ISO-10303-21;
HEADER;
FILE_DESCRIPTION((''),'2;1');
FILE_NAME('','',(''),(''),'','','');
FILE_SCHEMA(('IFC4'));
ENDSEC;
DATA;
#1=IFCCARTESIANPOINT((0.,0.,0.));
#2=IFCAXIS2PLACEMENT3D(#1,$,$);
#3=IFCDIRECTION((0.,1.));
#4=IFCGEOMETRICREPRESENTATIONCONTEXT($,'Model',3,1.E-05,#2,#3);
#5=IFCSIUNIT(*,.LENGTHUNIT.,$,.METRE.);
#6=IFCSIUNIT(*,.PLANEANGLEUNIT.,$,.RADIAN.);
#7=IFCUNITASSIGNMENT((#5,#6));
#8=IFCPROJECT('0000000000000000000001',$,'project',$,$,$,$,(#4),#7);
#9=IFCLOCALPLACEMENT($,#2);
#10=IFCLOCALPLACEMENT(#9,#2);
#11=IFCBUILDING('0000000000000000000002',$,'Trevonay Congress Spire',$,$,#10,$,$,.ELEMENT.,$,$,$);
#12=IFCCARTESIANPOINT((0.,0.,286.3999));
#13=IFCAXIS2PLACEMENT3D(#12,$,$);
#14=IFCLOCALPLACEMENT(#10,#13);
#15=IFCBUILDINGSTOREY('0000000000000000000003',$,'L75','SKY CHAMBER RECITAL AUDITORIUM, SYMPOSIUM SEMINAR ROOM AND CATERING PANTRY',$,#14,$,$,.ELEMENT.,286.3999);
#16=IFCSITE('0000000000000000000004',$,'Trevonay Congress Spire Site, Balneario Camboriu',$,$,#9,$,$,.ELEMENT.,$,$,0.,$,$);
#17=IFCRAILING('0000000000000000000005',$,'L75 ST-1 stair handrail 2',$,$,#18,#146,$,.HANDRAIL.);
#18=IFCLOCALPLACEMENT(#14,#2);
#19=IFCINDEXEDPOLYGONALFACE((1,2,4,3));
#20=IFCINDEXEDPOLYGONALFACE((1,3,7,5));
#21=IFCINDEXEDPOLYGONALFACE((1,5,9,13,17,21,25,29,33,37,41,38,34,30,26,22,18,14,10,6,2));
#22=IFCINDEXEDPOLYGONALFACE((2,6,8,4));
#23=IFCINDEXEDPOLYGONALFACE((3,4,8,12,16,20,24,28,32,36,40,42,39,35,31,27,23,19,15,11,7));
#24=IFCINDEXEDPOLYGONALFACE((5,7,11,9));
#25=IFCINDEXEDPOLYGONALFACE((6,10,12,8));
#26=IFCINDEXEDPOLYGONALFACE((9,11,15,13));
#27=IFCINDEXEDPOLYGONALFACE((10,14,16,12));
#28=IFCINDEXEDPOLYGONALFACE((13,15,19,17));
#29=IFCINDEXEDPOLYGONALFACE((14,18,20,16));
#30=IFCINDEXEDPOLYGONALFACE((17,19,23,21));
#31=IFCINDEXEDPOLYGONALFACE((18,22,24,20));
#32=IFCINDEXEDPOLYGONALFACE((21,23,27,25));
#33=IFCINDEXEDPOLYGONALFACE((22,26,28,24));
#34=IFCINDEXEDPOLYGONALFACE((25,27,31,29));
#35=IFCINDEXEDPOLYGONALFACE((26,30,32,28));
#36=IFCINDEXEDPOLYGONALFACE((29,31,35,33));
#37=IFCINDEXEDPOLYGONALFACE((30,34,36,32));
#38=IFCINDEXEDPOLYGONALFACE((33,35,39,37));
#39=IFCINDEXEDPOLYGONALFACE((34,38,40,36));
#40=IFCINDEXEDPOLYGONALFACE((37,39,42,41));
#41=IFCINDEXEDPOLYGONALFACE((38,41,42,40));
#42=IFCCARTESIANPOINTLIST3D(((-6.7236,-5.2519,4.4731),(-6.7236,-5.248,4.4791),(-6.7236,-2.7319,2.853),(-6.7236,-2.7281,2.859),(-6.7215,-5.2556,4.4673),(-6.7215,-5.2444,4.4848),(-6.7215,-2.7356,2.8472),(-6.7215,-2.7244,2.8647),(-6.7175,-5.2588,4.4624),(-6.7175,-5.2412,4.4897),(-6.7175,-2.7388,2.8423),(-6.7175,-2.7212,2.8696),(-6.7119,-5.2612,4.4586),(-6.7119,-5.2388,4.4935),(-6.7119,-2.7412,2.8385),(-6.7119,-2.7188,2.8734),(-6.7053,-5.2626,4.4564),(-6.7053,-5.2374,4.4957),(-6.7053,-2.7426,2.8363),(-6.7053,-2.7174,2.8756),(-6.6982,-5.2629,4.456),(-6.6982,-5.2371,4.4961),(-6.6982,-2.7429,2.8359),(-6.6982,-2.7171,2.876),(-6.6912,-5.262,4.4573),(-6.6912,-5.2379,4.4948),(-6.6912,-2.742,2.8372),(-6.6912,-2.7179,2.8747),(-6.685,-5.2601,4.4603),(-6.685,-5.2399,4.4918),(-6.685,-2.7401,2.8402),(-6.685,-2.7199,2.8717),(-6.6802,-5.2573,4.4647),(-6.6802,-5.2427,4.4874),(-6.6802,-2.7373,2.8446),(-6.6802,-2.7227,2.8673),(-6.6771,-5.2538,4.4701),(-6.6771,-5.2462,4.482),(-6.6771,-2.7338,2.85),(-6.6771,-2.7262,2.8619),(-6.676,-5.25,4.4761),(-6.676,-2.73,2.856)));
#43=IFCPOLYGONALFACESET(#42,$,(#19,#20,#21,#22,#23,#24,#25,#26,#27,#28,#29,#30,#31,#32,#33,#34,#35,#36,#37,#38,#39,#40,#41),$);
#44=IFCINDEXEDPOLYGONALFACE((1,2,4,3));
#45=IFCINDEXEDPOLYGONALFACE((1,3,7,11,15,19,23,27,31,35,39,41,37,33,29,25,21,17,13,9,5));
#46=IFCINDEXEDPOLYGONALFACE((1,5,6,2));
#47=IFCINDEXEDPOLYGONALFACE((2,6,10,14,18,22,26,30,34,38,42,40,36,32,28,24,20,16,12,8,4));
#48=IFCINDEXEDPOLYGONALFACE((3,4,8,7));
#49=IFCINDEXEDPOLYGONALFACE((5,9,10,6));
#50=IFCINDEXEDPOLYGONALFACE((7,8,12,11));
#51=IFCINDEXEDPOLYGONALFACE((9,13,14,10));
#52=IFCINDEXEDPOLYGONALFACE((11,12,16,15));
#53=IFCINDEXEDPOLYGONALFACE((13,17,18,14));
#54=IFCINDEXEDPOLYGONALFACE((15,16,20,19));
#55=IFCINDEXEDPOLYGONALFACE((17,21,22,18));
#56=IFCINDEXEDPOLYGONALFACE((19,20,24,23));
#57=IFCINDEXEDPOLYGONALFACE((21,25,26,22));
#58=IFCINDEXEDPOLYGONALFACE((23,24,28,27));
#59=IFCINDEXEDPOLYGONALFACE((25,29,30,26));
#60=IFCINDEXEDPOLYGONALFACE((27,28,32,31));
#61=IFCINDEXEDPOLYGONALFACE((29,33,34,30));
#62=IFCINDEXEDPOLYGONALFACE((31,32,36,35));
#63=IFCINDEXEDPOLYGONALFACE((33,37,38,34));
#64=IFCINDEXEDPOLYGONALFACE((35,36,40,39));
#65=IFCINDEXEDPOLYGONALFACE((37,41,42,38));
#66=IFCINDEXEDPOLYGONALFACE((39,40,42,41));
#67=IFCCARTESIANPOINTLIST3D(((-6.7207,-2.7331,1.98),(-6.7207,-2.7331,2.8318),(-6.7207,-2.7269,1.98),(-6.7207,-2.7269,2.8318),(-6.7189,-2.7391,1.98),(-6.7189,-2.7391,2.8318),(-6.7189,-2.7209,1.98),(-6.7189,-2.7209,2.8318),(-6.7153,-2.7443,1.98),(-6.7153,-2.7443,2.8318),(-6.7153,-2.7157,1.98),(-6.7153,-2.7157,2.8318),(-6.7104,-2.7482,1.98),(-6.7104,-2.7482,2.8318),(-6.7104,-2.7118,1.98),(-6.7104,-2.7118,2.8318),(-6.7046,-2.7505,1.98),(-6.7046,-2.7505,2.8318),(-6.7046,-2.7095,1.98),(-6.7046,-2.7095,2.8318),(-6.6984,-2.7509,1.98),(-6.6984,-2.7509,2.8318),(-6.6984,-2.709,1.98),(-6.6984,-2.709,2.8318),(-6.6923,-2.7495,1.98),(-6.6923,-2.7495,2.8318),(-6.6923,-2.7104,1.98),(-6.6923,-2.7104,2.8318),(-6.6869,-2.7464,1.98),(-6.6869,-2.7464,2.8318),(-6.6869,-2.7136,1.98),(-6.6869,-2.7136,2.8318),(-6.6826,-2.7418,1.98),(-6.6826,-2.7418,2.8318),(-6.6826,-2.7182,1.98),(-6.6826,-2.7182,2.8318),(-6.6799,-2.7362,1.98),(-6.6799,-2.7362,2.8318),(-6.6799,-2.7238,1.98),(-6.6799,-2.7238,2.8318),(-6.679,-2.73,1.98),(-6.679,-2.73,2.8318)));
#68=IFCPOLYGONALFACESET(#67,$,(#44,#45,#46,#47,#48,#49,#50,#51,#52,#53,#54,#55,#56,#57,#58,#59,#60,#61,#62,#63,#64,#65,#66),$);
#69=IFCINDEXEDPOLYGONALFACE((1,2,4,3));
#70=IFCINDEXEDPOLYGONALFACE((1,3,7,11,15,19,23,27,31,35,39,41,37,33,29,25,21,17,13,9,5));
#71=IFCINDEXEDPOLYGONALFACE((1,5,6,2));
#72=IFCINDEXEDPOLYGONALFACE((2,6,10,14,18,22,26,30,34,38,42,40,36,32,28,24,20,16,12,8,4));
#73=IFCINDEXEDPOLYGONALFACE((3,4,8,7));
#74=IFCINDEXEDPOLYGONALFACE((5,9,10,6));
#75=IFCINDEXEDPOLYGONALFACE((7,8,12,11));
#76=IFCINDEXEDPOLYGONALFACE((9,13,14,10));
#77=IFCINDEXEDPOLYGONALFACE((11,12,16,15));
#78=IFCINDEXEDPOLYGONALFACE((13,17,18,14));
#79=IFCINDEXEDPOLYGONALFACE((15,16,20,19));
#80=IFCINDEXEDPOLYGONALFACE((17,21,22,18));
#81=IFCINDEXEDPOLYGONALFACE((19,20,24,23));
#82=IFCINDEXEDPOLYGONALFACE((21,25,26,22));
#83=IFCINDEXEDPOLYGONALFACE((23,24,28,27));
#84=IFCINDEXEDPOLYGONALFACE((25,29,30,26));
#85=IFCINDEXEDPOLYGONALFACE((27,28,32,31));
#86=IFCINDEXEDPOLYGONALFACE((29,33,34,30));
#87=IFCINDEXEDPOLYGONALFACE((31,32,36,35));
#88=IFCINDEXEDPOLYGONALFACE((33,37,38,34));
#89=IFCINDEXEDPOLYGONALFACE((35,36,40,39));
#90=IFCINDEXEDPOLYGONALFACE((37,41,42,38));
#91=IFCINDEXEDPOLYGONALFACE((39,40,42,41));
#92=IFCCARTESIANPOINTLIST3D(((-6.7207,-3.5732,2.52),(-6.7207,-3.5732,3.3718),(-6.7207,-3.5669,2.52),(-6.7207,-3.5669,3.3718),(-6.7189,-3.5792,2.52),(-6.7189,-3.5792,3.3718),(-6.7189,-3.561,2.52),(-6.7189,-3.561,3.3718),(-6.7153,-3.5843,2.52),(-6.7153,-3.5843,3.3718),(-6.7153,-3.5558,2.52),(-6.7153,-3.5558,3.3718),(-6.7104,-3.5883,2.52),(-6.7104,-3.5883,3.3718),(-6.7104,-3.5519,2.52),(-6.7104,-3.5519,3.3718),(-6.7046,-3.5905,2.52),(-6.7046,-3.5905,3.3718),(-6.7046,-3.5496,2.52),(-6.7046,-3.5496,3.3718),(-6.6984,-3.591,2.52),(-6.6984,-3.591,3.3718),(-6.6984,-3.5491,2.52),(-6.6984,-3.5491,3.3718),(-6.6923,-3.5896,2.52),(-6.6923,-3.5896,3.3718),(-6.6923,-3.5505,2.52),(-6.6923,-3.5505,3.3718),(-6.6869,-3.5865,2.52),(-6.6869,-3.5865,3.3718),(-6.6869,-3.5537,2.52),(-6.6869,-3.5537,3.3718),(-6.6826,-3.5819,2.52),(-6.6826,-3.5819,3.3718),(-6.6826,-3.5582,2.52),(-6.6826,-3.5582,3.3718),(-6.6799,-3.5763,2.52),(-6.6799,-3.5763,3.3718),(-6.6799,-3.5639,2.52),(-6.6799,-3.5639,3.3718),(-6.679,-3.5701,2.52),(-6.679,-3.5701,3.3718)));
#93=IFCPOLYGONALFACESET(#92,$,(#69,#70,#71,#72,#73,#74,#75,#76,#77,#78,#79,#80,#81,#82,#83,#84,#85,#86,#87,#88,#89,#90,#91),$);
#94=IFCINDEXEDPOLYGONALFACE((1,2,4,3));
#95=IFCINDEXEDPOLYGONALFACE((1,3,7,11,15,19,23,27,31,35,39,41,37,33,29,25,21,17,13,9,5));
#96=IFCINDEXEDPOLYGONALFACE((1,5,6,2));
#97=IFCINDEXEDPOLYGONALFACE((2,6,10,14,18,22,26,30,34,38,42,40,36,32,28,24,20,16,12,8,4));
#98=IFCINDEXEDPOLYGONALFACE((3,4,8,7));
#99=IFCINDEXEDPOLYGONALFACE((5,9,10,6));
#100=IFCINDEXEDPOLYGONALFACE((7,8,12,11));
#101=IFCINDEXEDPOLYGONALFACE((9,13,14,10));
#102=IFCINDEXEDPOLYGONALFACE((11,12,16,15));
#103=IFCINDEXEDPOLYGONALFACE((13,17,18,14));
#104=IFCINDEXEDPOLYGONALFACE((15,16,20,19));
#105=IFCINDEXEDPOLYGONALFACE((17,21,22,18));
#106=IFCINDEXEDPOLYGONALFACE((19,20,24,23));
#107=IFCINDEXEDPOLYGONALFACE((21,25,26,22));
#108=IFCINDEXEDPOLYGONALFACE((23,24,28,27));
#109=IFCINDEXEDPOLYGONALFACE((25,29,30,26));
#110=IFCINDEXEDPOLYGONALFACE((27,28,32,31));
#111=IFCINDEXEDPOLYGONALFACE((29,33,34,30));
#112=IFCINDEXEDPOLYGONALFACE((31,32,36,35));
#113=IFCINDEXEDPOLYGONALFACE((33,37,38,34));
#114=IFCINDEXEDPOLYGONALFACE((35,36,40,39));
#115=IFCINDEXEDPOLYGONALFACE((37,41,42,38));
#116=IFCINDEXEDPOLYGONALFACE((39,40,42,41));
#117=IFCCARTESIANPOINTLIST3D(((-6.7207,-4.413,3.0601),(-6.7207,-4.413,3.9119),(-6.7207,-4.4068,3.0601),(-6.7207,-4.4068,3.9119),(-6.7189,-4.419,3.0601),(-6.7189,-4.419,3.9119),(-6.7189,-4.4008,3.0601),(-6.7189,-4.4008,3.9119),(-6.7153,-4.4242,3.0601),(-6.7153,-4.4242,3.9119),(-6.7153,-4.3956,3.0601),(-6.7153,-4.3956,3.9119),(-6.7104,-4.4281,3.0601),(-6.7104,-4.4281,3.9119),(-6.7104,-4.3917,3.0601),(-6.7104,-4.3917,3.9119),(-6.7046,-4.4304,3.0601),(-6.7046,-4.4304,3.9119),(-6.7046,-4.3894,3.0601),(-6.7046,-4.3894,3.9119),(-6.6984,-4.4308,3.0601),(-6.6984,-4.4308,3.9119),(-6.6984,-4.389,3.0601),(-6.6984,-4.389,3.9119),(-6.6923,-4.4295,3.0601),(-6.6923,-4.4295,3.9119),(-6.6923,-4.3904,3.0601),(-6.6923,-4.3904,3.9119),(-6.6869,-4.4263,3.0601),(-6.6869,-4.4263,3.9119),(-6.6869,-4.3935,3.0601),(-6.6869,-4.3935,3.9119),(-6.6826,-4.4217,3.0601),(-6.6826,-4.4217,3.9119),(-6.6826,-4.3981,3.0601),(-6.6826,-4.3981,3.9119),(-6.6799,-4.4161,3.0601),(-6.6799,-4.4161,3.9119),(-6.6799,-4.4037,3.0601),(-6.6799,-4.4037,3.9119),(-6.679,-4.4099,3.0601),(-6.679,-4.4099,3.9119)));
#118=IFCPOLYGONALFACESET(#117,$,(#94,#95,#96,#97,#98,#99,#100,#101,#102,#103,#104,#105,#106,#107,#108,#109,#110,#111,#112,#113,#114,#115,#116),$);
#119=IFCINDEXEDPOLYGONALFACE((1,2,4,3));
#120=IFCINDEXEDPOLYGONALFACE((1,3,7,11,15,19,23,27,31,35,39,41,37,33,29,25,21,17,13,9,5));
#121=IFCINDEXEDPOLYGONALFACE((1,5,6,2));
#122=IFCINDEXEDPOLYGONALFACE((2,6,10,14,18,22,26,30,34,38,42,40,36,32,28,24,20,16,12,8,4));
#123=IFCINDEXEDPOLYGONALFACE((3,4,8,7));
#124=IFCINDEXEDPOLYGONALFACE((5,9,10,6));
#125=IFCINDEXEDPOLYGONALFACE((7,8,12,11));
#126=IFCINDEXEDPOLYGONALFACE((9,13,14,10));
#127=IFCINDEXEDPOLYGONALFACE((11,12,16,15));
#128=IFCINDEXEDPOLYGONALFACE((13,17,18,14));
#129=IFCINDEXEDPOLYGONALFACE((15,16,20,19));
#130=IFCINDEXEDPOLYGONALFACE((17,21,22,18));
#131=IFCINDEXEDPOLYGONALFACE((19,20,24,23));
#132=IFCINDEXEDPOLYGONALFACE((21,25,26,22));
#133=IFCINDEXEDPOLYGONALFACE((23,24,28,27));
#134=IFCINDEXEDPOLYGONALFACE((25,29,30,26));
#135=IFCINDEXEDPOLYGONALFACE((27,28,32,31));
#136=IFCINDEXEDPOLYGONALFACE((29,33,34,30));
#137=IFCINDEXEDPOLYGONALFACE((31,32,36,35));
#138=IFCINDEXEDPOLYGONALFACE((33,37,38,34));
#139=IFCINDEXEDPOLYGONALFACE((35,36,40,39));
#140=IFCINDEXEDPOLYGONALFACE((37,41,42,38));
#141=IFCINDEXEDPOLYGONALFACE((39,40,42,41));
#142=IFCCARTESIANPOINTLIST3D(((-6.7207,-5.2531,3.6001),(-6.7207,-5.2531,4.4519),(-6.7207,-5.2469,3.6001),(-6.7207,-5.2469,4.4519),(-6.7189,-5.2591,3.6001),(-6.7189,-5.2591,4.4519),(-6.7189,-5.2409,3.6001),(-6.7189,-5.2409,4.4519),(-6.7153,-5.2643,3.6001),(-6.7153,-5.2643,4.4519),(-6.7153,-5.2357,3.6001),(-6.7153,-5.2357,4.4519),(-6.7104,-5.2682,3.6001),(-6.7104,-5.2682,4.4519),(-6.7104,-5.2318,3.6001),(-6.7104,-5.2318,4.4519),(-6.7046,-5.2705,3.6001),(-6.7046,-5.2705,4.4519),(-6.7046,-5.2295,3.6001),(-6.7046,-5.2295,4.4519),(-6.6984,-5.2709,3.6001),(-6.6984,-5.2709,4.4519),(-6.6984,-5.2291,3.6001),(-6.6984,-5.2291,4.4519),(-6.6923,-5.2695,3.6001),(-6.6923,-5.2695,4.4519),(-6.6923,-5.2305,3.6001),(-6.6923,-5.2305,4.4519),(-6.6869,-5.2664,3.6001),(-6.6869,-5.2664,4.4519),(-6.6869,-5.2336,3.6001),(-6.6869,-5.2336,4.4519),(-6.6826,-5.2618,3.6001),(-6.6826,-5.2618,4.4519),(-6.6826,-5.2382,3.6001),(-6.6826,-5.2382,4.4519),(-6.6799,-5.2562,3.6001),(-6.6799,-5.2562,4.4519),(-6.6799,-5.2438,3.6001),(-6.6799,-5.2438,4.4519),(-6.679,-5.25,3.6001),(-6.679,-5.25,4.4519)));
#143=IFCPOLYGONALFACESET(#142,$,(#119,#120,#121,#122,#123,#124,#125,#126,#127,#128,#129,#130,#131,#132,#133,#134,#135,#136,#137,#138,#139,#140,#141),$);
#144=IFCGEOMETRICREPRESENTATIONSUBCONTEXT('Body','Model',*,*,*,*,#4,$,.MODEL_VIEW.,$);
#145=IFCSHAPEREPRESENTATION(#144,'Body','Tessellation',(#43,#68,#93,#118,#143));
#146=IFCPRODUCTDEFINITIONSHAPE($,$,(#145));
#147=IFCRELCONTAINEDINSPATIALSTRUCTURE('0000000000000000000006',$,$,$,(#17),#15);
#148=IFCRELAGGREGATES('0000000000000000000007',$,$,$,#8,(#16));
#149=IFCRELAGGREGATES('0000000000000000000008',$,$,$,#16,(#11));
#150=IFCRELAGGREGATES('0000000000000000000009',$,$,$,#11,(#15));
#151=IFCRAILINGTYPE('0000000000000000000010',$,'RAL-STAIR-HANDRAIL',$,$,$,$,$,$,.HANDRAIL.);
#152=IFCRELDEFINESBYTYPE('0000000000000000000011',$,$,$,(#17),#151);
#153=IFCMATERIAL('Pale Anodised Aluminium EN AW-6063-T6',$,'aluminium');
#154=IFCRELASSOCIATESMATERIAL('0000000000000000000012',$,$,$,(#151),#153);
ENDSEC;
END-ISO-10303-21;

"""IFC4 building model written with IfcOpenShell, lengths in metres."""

from ifc_helpers import new_model, si_unit, direction, frame, origin, origin_2d, place, context, subcontext, project, spatial, circle, extrude, material, type_object, element, save


model = new_model("IFC4")

# Units and contexts
model_context = context("Model", 3, precision=1e-05, world=origin(), true_north=direction((0.0, 1.0)))
body_context = subcontext(model_context, "Body", "Model", "MODEL_VIEW")
ifc_project = project(units=[si_unit("LENGTHUNIT", "METRE"), si_unit("PLANEANGLEUNIT", "RADIAN")], contexts=[model_context])

# Site, building, storey
site_placement = place(None, origin())
site = spatial("IfcSite", under=ifc_project, at=site_placement, Name="Trevonay Congress Spire Site, Balneario Camboriu", CompositionType="ELEMENT", RefElevation=0.0)
building_placement = place(site_placement, origin())
building = spatial("IfcBuilding", under=site, at=building_placement, Name="Trevonay Congress Spire", CompositionType="ELEMENT")
storey_placement = place(building_placement, frame((0.0, 0.0, 286.3999)))
storey = spatial("IfcBuildingStorey", under=building, at=storey_placement, Name="L75", Description="SKY CHAMBER RECITAL AUDITORIUM, SYMPOSIUM SEMINAR ROOM AND CATERING PANTRY", CompositionType="ELEMENT", Elevation=286.3999)

# Railing
ifc_material_1 = material(Name="Pale Anodised Aluminium EN AW-6063-T6", Category="aluminium")
railing_type_1 = type_object("IfcRailingType", Name="RAL-STAIR-HANDRAIL", PredefinedType="HANDRAIL", material=ifc_material_1)
railing_1_placement = place(storey_placement, frame((-6.7, -2.73, 1.98)))
element("IfcRailing", 1, at=railing_1_placement, inside=storey, type_object=railing_type_1, Name="L75 ST-1 stair handrail 2", PredefinedType="HANDRAIL", context=body_context, shape_type="SweptSolid", body=[
    extrude(circle(Radius=0.0239, at=origin_2d()), frame((0.0, 0.0, 0.876), z_axis=(0.0, -0.841163, 0.540782), x_axis=(1.0, 0.0, 0.0)), (0.0, 0.0, 1.0), 2.9958),
    extrude(circle(Radius=0.021, at=origin_2d()), origin(), (0.0, 0.0, 1.0), 0.8518),
    extrude(circle(Radius=0.021, at=origin_2d()), frame((0.0, -0.8401, 0.54)), (0.0, 0.0, 1.0), 0.8518),
    extrude(circle(Radius=0.021, at=origin_2d()), frame((0.0, -1.6799, 1.0801)), (0.0, 0.0, 1.0), 0.8518),
    extrude(circle(Radius=0.021, at=origin_2d()), frame((0.0, -2.52, 1.6201)), (0.0, 0.0, 1.0), 0.8518),
])

save(model, "model.ifc")
